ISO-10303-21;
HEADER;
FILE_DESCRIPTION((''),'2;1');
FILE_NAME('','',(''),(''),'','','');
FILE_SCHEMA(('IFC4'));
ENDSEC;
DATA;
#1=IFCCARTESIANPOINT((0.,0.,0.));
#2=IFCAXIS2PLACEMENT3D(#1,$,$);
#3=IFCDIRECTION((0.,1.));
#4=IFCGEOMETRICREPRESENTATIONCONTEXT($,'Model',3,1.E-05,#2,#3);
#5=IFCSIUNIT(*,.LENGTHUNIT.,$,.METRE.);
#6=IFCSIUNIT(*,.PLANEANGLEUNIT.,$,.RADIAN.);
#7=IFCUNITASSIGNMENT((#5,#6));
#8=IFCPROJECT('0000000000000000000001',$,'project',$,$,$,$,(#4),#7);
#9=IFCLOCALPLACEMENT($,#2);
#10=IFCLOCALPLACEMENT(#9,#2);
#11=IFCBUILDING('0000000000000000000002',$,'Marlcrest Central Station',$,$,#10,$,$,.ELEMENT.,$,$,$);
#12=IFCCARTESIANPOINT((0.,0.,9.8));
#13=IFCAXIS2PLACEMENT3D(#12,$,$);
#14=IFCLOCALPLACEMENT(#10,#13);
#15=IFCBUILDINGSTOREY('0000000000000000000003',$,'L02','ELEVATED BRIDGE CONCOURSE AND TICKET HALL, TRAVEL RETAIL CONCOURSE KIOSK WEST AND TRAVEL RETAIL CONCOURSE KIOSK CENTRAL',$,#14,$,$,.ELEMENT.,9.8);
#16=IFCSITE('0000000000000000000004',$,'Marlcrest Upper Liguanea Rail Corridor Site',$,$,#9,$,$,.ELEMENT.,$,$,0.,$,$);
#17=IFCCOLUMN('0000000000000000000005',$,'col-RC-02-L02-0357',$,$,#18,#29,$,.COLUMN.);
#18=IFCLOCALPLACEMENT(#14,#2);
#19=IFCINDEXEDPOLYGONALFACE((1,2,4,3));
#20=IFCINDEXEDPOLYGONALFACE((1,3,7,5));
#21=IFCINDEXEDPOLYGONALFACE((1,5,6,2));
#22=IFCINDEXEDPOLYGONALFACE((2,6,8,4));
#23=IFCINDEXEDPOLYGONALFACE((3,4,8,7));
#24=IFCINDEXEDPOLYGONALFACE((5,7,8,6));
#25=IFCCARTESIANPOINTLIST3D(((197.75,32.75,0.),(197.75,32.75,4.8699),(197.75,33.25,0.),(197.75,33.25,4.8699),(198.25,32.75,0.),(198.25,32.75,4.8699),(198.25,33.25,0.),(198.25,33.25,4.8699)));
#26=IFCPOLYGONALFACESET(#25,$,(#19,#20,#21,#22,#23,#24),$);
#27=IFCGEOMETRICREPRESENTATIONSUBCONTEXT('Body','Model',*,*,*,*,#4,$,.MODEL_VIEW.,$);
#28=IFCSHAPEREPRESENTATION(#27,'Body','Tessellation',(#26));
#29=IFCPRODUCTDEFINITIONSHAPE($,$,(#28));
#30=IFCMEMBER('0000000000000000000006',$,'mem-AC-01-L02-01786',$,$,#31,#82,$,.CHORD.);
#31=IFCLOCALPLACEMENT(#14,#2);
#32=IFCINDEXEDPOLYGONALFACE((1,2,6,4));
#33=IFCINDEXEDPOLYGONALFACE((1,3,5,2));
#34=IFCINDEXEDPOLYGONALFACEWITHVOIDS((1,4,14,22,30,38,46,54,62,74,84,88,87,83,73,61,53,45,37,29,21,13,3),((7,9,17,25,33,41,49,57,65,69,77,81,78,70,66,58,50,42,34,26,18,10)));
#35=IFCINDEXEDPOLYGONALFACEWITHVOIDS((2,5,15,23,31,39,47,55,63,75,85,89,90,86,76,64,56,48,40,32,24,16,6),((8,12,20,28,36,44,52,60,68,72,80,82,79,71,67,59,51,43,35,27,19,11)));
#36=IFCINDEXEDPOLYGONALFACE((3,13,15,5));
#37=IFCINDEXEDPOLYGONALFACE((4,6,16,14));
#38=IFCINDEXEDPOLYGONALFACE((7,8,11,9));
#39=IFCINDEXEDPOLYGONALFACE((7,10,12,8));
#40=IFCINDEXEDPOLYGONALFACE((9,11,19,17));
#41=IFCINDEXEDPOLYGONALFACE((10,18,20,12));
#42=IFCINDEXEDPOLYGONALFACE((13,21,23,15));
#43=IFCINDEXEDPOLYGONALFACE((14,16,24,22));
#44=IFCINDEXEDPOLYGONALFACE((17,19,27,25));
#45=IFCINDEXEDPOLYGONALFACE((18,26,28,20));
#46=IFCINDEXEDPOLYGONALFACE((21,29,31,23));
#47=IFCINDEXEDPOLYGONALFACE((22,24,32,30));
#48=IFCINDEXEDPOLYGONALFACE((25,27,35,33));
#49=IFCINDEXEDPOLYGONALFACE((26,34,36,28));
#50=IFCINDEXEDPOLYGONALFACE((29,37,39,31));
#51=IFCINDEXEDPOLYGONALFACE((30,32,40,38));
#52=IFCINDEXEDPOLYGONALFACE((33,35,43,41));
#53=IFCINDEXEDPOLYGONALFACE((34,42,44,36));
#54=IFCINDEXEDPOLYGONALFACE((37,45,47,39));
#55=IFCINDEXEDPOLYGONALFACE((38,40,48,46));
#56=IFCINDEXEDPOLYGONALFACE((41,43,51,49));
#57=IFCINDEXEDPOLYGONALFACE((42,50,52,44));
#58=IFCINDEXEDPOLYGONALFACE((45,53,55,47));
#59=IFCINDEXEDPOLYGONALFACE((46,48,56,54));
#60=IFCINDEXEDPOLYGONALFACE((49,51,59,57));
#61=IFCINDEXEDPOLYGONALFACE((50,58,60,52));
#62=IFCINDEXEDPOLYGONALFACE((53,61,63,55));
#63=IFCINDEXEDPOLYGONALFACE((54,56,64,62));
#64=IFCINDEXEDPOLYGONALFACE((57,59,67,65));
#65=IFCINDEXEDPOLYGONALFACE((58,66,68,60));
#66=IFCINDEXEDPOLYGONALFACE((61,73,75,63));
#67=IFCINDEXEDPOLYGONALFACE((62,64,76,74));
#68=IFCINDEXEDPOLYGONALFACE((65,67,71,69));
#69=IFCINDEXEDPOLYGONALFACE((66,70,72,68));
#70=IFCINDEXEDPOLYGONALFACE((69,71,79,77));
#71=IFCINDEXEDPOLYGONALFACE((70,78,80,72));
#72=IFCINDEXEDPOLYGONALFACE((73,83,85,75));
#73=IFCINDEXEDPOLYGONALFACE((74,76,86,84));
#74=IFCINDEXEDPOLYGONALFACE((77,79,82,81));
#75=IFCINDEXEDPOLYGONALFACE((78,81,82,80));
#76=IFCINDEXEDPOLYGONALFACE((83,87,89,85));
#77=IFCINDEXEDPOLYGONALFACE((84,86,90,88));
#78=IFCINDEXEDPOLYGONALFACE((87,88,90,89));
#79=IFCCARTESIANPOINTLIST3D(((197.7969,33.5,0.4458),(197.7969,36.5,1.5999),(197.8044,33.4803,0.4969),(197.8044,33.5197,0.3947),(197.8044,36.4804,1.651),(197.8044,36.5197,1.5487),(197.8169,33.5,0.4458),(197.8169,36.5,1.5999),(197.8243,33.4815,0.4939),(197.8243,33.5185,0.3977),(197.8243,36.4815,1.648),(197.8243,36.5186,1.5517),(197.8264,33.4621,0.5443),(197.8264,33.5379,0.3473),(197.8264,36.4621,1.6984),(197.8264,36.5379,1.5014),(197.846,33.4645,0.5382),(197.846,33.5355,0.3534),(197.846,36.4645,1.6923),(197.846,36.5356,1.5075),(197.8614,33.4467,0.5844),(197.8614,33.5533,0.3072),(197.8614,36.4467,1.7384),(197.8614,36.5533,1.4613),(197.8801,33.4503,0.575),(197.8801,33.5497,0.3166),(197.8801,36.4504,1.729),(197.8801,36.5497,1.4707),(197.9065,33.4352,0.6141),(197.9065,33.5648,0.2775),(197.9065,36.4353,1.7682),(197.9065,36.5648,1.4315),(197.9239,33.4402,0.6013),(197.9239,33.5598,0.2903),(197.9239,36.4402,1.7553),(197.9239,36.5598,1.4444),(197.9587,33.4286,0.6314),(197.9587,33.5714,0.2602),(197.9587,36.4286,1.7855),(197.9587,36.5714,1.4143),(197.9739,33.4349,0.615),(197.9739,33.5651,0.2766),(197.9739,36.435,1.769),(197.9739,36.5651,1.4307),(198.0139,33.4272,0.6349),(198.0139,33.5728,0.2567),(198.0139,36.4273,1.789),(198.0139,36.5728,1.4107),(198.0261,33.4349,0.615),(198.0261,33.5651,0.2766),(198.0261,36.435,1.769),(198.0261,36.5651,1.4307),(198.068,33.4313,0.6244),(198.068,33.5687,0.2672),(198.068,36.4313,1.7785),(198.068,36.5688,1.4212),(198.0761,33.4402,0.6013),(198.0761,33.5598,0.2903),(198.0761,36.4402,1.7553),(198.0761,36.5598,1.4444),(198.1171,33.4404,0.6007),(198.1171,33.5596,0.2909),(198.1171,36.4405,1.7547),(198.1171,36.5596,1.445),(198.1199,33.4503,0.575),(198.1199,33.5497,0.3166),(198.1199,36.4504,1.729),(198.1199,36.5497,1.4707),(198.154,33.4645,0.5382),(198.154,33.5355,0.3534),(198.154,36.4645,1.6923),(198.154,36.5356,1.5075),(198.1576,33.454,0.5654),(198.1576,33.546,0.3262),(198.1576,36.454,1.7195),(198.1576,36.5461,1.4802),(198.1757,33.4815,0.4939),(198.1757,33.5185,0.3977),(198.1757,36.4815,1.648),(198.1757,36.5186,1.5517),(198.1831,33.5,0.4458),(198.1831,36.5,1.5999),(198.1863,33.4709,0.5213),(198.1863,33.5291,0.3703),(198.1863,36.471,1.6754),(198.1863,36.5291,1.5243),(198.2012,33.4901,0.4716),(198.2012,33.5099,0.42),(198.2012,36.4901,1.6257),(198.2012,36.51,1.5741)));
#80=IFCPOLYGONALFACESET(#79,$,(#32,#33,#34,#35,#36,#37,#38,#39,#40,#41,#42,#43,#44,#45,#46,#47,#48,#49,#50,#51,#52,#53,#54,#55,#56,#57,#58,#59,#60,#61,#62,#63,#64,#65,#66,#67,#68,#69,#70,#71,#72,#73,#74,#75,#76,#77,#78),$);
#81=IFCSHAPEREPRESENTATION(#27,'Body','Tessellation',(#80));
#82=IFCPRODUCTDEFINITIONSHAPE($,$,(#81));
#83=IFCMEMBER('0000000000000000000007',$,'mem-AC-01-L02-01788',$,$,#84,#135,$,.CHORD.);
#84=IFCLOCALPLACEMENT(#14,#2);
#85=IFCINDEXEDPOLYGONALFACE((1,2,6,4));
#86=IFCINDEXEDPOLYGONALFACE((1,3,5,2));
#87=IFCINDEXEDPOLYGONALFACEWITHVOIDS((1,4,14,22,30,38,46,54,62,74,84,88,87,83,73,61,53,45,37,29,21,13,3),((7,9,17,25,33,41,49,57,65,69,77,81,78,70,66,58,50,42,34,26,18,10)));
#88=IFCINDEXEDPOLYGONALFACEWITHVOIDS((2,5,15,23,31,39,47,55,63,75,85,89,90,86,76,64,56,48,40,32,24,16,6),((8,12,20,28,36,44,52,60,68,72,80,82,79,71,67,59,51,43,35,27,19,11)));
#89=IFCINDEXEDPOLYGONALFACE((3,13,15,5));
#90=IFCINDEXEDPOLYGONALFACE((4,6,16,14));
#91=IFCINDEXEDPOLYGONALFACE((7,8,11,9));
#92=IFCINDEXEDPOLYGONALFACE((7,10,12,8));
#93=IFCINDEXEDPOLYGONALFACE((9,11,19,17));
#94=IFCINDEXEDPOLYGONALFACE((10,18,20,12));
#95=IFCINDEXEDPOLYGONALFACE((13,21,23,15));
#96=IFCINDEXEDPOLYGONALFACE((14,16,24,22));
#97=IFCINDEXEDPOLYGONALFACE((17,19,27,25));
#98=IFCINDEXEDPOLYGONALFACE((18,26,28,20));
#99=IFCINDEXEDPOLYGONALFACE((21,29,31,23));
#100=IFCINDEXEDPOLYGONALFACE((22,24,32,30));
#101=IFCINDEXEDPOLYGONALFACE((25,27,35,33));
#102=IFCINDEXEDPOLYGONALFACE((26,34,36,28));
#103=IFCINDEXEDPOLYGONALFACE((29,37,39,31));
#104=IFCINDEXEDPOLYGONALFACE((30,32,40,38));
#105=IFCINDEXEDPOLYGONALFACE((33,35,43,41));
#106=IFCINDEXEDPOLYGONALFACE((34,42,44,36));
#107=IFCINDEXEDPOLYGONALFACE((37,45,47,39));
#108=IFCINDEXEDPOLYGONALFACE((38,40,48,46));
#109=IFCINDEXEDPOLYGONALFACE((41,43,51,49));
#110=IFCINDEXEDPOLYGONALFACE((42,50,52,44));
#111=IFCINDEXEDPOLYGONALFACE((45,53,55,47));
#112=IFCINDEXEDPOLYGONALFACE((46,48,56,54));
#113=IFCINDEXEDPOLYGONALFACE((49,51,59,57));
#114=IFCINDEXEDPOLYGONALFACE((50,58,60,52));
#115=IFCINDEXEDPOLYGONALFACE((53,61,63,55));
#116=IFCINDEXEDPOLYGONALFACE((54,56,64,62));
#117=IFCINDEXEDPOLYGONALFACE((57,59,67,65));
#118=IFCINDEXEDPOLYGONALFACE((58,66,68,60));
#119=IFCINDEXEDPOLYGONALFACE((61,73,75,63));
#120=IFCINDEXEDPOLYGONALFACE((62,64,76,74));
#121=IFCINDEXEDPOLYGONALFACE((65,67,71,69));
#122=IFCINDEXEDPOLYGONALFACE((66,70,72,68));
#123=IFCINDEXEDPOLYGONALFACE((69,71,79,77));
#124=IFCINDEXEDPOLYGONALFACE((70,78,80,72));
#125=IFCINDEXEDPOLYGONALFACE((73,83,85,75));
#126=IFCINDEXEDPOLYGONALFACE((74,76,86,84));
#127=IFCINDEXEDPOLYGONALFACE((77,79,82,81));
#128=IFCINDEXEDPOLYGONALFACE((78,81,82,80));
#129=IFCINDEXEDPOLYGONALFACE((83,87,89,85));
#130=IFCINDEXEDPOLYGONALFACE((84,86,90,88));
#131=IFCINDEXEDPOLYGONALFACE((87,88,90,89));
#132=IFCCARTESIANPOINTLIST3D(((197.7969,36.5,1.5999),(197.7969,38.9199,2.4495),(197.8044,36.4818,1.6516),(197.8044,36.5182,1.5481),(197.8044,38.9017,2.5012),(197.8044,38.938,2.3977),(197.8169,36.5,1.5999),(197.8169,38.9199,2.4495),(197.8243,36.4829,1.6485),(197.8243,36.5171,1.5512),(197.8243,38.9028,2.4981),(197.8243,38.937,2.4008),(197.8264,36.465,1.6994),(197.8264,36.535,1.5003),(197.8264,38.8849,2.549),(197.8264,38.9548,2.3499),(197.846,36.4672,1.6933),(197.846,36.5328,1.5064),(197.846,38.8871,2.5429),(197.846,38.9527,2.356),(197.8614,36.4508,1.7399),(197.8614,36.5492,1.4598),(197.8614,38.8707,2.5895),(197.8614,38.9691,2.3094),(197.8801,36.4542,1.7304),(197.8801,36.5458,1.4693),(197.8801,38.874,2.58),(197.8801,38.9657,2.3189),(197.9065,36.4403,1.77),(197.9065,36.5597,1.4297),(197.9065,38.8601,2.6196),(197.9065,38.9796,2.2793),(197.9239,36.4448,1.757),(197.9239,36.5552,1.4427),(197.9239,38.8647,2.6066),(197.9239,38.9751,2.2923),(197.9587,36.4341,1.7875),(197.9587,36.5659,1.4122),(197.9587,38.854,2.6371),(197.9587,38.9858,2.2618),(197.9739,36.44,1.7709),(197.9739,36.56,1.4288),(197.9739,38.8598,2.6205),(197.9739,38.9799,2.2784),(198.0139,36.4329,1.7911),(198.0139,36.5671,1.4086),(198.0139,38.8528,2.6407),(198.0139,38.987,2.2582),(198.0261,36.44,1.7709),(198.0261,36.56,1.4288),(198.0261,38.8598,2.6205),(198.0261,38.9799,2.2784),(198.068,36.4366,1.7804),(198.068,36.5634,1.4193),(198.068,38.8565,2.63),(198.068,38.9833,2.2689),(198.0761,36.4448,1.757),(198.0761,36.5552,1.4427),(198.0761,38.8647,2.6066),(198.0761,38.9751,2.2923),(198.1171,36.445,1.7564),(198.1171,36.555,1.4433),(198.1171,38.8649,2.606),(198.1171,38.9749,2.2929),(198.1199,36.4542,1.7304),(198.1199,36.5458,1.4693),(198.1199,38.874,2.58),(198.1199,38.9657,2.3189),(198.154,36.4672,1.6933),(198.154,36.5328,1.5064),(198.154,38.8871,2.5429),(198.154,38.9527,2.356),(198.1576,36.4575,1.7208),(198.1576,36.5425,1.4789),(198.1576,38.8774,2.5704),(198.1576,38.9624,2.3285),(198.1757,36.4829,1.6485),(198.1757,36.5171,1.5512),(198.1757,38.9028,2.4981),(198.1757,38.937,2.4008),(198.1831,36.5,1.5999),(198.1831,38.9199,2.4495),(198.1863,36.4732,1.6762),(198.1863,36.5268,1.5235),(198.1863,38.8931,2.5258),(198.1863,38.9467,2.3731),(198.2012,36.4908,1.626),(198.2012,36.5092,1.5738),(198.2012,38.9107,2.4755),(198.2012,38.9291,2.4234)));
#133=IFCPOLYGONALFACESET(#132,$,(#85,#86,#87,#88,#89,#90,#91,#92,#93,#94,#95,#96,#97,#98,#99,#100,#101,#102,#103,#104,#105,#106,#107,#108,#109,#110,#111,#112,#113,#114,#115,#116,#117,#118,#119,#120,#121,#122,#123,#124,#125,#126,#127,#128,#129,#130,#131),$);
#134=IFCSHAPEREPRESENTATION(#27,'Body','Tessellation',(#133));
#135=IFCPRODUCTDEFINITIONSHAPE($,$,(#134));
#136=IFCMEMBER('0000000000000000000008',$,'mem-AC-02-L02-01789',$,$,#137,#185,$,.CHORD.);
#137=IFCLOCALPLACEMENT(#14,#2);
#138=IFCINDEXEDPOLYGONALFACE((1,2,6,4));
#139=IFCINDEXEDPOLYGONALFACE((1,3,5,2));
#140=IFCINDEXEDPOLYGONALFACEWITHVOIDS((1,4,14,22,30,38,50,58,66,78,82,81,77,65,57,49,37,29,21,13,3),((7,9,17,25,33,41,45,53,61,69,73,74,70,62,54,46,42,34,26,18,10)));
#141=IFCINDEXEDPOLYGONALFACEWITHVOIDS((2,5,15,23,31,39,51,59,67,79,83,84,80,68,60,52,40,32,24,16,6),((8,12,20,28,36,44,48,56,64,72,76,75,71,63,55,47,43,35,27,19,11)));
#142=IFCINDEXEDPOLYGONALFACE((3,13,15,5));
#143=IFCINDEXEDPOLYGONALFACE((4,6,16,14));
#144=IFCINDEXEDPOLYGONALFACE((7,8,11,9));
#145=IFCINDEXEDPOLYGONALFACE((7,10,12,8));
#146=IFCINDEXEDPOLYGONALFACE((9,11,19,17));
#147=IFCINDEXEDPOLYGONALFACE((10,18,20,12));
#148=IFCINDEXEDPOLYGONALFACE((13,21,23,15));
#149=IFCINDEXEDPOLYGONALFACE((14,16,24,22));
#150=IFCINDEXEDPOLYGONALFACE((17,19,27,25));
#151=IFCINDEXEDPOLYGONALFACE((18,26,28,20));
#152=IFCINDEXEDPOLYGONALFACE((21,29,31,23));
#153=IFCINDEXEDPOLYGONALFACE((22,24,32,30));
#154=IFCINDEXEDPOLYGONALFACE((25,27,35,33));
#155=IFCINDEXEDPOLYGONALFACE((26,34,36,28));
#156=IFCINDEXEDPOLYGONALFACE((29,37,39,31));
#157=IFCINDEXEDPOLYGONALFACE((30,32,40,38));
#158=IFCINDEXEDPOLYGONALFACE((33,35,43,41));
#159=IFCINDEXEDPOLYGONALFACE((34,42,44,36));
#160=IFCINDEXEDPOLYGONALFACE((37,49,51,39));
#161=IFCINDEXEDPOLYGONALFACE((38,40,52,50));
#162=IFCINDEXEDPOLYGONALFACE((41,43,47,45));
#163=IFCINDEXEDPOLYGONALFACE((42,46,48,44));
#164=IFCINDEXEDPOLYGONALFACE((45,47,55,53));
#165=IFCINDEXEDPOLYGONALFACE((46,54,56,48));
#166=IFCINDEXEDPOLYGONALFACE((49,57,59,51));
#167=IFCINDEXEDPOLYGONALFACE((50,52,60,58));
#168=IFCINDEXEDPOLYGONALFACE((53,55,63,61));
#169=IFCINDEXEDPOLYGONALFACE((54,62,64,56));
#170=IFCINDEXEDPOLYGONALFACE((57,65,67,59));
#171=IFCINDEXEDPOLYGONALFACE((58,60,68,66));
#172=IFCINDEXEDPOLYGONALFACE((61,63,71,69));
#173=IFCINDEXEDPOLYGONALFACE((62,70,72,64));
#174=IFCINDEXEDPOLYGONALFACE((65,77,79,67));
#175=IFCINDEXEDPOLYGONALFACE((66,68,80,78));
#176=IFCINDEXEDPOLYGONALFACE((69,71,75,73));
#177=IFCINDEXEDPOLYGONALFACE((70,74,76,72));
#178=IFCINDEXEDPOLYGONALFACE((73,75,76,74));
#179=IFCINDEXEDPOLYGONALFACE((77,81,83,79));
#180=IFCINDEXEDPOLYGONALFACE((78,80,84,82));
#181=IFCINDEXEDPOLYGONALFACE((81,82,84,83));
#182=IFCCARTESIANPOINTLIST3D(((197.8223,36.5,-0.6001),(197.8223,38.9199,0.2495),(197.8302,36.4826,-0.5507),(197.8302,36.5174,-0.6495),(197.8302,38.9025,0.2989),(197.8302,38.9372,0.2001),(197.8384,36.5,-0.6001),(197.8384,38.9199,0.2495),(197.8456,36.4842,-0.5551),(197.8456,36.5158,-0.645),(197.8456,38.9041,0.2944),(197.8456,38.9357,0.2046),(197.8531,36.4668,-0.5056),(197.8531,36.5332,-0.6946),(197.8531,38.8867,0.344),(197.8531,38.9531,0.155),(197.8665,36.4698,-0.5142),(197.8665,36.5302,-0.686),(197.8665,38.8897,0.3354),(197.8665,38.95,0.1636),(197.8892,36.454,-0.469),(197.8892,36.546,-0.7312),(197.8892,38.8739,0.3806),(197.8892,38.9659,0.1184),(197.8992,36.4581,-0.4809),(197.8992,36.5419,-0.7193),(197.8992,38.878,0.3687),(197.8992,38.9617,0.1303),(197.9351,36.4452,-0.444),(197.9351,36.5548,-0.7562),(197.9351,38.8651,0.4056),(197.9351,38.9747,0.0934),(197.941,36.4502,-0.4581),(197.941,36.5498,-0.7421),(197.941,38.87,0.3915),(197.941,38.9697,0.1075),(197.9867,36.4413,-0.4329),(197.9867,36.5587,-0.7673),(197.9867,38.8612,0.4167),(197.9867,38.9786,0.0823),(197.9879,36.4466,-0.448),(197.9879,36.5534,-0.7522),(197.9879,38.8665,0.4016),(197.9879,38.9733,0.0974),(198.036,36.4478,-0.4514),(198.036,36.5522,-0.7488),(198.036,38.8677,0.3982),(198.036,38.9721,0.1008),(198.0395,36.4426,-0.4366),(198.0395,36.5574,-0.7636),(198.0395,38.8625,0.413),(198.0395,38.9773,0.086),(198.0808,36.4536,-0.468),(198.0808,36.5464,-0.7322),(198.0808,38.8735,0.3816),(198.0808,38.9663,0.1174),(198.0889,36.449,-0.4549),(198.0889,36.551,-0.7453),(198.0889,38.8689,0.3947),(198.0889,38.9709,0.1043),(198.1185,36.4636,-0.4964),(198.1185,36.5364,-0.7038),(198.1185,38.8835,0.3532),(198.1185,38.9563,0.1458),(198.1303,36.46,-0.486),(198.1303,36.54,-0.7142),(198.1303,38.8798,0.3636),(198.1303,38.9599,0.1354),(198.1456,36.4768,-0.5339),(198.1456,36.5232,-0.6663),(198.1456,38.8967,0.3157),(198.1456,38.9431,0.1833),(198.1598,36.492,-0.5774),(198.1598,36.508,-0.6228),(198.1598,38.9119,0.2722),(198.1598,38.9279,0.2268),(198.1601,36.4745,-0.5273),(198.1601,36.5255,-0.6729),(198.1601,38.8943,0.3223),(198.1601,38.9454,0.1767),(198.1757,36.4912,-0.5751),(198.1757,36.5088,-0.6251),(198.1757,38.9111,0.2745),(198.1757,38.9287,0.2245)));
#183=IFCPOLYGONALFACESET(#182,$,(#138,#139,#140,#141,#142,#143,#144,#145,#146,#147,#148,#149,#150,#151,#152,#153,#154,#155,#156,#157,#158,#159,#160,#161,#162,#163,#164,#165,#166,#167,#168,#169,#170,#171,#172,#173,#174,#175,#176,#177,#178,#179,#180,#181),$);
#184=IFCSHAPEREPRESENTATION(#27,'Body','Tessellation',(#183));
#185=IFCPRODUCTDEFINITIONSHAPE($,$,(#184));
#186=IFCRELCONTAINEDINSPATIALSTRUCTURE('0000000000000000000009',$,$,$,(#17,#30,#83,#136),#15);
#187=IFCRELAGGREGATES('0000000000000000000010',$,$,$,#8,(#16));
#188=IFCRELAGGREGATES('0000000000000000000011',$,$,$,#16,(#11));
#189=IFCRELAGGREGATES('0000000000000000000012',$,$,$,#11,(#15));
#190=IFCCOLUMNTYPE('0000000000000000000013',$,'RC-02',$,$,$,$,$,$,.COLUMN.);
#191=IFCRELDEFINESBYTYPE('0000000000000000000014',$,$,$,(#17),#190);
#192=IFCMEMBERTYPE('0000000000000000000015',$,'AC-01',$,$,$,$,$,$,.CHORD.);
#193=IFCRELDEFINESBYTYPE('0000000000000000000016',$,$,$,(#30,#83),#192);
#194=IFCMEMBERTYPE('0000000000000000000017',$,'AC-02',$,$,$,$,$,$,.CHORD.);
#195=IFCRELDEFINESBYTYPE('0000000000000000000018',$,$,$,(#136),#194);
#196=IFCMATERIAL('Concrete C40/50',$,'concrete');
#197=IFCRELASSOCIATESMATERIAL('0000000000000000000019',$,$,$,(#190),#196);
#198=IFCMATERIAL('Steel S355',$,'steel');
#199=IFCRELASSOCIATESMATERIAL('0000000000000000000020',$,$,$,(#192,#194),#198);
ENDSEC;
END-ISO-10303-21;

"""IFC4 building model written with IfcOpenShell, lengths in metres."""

from ifc_helpers import new_model, si_unit, direction, frame, origin, origin_2d, place, context, subcontext, project, spatial, rectangle, hollow_circle, extrude, material, material_profile, profile_set, type_object, element, save


model = new_model("IFC4")

# Units and contexts
model_context = context("Model", 3, precision=1e-05, world=origin(), true_north=direction((0.0, 1.0)))
body_context = subcontext(model_context, "Body", "Model", "MODEL_VIEW")
ifc_project = project(units=[si_unit("LENGTHUNIT", "METRE"), si_unit("PLANEANGLEUNIT", "RADIAN")], contexts=[model_context])

# Site, building, storey
site_placement = place(None, origin())
site = spatial("IfcSite", under=ifc_project, at=site_placement, Name="Marlcrest Upper Liguanea Rail Corridor Site", CompositionType="ELEMENT", RefElevation=0.0)
building_placement = place(site_placement, origin())
building = spatial("IfcBuilding", under=site, at=building_placement, Name="Marlcrest Central Station", CompositionType="ELEMENT")
storey_placement = place(building_placement, frame((0.0, 0.0, 9.8)))
storey = spatial("IfcBuildingStorey", under=building, at=storey_placement, Name="L02", Description="ELEVATED BRIDGE CONCOURSE AND TICKET HALL, TRAVEL RETAIL CONCOURSE KIOSK WEST AND TRAVEL RETAIL CONCOURSE KIOSK CENTRAL", CompositionType="ELEMENT", Elevation=9.8)

# Column
ifc_material_1 = material(Name="Concrete C40/50", Category="concrete")
ifc_material_profile_1 = material_profile(ifc_material_1, rectangle(XDim=0.5, YDim=0.5, at=origin_2d()), Name="RC 500x500")
ifc_profile_set_1 = profile_set([ifc_material_profile_1], Name="Concrete C40/50")
column_type = type_object("IfcColumnType", Name="RC-02", PredefinedType="COLUMN", material=ifc_profile_set_1)
column_placement = place(storey_placement, frame((198.0, 33.0, 0.0), z_axis=(0.0, 0.0, 1.0), x_axis=(1.0, 0.0, 0.0)))
element("IfcColumn", 1, at=column_placement, inside=storey, type_object=column_type, Name="col-RC-02-L02-0357", PredefinedType="COLUMN", context=body_context, shape_type="SweptSolid", body=[
    extrude(rectangle(XDim=0.5, YDim=0.5, at=origin_2d()), origin(), (0.0, 0.0, 1.0), 4.8699),
])

# Members
ifc_material_2 = material(Name="Steel S355", Category="steel")
ifc_material_profile_2 = material_profile(ifc_material_2, hollow_circle(Radius=0.2031, WallThickness=0.02, at=origin_2d()), Name="CHS 406.4x20")
ifc_profile_set_2 = profile_set([ifc_material_profile_2], Name="Steel S355")
member_type_1 = type_object("IfcMemberType", Name="AC-01", PredefinedType="CHORD", material=ifc_profile_set_2)
member_1_placement = place(storey_placement, frame((198.0, 33.5, 0.4458), z_axis=(0.0, 0.933324, 0.359035), x_axis=(-1.0, 0.0, 0.0)))
element("IfcMember", 2, at=member_1_placement, inside=storey, type_object=member_type_1, Name="mem-AC-01-L02-01786", PredefinedType="CHORD", context=body_context, shape_type="SweptSolid", body=[
    extrude(hollow_circle(Radius=0.2031, WallThickness=0.02, at=origin_2d()), origin(), (0.0, 0.0, 1.0), 3.2144),
])
member_2_placement = place(storey_placement, frame((198.0, 36.5, 1.5999), z_axis=(0.0, 0.943537, 0.331266), x_axis=(-1.0, 0.0, 0.0)))
element("IfcMember", 3, at=member_2_placement, inside=storey, type_object=member_type_1, Name="mem-AC-01-L02-01788", PredefinedType="CHORD", context=body_context, shape_type="SweptSolid", body=[
    extrude(hollow_circle(Radius=0.2031, WallThickness=0.02, at=origin_2d()), origin(), (0.0, 0.0, 1.0), 2.5647),
])
ifc_material_profile_3 = material_profile(ifc_material_2, hollow_circle(Radius=0.1777, WallThickness=0.0161, at=origin_2d()), Name="CHS 355.6x16")
ifc_profile_set_3 = profile_set([ifc_material_profile_3], Name="Steel S355")
member_type_2 = type_object("IfcMemberType", Name="AC-02", PredefinedType="CHORD", material=ifc_profile_set_3)
member_3_placement = place(storey_placement, frame((198.0, 36.5, -0.6001), z_axis=(0.0, 0.943537, 0.331266), x_axis=(-1.0, 0.0, 0.0)))
element("IfcMember", 4, at=member_3_placement, inside=storey, type_object=member_type_2, Name="mem-AC-02-L02-01789", PredefinedType="CHORD", context=body_context, shape_type="SweptSolid", body=[
    extrude(hollow_circle(Radius=0.1777, WallThickness=0.0161, at=origin_2d()), origin(), (0.0, 0.0, 1.0), 2.5647),
])

save(model, "model.ifc")
